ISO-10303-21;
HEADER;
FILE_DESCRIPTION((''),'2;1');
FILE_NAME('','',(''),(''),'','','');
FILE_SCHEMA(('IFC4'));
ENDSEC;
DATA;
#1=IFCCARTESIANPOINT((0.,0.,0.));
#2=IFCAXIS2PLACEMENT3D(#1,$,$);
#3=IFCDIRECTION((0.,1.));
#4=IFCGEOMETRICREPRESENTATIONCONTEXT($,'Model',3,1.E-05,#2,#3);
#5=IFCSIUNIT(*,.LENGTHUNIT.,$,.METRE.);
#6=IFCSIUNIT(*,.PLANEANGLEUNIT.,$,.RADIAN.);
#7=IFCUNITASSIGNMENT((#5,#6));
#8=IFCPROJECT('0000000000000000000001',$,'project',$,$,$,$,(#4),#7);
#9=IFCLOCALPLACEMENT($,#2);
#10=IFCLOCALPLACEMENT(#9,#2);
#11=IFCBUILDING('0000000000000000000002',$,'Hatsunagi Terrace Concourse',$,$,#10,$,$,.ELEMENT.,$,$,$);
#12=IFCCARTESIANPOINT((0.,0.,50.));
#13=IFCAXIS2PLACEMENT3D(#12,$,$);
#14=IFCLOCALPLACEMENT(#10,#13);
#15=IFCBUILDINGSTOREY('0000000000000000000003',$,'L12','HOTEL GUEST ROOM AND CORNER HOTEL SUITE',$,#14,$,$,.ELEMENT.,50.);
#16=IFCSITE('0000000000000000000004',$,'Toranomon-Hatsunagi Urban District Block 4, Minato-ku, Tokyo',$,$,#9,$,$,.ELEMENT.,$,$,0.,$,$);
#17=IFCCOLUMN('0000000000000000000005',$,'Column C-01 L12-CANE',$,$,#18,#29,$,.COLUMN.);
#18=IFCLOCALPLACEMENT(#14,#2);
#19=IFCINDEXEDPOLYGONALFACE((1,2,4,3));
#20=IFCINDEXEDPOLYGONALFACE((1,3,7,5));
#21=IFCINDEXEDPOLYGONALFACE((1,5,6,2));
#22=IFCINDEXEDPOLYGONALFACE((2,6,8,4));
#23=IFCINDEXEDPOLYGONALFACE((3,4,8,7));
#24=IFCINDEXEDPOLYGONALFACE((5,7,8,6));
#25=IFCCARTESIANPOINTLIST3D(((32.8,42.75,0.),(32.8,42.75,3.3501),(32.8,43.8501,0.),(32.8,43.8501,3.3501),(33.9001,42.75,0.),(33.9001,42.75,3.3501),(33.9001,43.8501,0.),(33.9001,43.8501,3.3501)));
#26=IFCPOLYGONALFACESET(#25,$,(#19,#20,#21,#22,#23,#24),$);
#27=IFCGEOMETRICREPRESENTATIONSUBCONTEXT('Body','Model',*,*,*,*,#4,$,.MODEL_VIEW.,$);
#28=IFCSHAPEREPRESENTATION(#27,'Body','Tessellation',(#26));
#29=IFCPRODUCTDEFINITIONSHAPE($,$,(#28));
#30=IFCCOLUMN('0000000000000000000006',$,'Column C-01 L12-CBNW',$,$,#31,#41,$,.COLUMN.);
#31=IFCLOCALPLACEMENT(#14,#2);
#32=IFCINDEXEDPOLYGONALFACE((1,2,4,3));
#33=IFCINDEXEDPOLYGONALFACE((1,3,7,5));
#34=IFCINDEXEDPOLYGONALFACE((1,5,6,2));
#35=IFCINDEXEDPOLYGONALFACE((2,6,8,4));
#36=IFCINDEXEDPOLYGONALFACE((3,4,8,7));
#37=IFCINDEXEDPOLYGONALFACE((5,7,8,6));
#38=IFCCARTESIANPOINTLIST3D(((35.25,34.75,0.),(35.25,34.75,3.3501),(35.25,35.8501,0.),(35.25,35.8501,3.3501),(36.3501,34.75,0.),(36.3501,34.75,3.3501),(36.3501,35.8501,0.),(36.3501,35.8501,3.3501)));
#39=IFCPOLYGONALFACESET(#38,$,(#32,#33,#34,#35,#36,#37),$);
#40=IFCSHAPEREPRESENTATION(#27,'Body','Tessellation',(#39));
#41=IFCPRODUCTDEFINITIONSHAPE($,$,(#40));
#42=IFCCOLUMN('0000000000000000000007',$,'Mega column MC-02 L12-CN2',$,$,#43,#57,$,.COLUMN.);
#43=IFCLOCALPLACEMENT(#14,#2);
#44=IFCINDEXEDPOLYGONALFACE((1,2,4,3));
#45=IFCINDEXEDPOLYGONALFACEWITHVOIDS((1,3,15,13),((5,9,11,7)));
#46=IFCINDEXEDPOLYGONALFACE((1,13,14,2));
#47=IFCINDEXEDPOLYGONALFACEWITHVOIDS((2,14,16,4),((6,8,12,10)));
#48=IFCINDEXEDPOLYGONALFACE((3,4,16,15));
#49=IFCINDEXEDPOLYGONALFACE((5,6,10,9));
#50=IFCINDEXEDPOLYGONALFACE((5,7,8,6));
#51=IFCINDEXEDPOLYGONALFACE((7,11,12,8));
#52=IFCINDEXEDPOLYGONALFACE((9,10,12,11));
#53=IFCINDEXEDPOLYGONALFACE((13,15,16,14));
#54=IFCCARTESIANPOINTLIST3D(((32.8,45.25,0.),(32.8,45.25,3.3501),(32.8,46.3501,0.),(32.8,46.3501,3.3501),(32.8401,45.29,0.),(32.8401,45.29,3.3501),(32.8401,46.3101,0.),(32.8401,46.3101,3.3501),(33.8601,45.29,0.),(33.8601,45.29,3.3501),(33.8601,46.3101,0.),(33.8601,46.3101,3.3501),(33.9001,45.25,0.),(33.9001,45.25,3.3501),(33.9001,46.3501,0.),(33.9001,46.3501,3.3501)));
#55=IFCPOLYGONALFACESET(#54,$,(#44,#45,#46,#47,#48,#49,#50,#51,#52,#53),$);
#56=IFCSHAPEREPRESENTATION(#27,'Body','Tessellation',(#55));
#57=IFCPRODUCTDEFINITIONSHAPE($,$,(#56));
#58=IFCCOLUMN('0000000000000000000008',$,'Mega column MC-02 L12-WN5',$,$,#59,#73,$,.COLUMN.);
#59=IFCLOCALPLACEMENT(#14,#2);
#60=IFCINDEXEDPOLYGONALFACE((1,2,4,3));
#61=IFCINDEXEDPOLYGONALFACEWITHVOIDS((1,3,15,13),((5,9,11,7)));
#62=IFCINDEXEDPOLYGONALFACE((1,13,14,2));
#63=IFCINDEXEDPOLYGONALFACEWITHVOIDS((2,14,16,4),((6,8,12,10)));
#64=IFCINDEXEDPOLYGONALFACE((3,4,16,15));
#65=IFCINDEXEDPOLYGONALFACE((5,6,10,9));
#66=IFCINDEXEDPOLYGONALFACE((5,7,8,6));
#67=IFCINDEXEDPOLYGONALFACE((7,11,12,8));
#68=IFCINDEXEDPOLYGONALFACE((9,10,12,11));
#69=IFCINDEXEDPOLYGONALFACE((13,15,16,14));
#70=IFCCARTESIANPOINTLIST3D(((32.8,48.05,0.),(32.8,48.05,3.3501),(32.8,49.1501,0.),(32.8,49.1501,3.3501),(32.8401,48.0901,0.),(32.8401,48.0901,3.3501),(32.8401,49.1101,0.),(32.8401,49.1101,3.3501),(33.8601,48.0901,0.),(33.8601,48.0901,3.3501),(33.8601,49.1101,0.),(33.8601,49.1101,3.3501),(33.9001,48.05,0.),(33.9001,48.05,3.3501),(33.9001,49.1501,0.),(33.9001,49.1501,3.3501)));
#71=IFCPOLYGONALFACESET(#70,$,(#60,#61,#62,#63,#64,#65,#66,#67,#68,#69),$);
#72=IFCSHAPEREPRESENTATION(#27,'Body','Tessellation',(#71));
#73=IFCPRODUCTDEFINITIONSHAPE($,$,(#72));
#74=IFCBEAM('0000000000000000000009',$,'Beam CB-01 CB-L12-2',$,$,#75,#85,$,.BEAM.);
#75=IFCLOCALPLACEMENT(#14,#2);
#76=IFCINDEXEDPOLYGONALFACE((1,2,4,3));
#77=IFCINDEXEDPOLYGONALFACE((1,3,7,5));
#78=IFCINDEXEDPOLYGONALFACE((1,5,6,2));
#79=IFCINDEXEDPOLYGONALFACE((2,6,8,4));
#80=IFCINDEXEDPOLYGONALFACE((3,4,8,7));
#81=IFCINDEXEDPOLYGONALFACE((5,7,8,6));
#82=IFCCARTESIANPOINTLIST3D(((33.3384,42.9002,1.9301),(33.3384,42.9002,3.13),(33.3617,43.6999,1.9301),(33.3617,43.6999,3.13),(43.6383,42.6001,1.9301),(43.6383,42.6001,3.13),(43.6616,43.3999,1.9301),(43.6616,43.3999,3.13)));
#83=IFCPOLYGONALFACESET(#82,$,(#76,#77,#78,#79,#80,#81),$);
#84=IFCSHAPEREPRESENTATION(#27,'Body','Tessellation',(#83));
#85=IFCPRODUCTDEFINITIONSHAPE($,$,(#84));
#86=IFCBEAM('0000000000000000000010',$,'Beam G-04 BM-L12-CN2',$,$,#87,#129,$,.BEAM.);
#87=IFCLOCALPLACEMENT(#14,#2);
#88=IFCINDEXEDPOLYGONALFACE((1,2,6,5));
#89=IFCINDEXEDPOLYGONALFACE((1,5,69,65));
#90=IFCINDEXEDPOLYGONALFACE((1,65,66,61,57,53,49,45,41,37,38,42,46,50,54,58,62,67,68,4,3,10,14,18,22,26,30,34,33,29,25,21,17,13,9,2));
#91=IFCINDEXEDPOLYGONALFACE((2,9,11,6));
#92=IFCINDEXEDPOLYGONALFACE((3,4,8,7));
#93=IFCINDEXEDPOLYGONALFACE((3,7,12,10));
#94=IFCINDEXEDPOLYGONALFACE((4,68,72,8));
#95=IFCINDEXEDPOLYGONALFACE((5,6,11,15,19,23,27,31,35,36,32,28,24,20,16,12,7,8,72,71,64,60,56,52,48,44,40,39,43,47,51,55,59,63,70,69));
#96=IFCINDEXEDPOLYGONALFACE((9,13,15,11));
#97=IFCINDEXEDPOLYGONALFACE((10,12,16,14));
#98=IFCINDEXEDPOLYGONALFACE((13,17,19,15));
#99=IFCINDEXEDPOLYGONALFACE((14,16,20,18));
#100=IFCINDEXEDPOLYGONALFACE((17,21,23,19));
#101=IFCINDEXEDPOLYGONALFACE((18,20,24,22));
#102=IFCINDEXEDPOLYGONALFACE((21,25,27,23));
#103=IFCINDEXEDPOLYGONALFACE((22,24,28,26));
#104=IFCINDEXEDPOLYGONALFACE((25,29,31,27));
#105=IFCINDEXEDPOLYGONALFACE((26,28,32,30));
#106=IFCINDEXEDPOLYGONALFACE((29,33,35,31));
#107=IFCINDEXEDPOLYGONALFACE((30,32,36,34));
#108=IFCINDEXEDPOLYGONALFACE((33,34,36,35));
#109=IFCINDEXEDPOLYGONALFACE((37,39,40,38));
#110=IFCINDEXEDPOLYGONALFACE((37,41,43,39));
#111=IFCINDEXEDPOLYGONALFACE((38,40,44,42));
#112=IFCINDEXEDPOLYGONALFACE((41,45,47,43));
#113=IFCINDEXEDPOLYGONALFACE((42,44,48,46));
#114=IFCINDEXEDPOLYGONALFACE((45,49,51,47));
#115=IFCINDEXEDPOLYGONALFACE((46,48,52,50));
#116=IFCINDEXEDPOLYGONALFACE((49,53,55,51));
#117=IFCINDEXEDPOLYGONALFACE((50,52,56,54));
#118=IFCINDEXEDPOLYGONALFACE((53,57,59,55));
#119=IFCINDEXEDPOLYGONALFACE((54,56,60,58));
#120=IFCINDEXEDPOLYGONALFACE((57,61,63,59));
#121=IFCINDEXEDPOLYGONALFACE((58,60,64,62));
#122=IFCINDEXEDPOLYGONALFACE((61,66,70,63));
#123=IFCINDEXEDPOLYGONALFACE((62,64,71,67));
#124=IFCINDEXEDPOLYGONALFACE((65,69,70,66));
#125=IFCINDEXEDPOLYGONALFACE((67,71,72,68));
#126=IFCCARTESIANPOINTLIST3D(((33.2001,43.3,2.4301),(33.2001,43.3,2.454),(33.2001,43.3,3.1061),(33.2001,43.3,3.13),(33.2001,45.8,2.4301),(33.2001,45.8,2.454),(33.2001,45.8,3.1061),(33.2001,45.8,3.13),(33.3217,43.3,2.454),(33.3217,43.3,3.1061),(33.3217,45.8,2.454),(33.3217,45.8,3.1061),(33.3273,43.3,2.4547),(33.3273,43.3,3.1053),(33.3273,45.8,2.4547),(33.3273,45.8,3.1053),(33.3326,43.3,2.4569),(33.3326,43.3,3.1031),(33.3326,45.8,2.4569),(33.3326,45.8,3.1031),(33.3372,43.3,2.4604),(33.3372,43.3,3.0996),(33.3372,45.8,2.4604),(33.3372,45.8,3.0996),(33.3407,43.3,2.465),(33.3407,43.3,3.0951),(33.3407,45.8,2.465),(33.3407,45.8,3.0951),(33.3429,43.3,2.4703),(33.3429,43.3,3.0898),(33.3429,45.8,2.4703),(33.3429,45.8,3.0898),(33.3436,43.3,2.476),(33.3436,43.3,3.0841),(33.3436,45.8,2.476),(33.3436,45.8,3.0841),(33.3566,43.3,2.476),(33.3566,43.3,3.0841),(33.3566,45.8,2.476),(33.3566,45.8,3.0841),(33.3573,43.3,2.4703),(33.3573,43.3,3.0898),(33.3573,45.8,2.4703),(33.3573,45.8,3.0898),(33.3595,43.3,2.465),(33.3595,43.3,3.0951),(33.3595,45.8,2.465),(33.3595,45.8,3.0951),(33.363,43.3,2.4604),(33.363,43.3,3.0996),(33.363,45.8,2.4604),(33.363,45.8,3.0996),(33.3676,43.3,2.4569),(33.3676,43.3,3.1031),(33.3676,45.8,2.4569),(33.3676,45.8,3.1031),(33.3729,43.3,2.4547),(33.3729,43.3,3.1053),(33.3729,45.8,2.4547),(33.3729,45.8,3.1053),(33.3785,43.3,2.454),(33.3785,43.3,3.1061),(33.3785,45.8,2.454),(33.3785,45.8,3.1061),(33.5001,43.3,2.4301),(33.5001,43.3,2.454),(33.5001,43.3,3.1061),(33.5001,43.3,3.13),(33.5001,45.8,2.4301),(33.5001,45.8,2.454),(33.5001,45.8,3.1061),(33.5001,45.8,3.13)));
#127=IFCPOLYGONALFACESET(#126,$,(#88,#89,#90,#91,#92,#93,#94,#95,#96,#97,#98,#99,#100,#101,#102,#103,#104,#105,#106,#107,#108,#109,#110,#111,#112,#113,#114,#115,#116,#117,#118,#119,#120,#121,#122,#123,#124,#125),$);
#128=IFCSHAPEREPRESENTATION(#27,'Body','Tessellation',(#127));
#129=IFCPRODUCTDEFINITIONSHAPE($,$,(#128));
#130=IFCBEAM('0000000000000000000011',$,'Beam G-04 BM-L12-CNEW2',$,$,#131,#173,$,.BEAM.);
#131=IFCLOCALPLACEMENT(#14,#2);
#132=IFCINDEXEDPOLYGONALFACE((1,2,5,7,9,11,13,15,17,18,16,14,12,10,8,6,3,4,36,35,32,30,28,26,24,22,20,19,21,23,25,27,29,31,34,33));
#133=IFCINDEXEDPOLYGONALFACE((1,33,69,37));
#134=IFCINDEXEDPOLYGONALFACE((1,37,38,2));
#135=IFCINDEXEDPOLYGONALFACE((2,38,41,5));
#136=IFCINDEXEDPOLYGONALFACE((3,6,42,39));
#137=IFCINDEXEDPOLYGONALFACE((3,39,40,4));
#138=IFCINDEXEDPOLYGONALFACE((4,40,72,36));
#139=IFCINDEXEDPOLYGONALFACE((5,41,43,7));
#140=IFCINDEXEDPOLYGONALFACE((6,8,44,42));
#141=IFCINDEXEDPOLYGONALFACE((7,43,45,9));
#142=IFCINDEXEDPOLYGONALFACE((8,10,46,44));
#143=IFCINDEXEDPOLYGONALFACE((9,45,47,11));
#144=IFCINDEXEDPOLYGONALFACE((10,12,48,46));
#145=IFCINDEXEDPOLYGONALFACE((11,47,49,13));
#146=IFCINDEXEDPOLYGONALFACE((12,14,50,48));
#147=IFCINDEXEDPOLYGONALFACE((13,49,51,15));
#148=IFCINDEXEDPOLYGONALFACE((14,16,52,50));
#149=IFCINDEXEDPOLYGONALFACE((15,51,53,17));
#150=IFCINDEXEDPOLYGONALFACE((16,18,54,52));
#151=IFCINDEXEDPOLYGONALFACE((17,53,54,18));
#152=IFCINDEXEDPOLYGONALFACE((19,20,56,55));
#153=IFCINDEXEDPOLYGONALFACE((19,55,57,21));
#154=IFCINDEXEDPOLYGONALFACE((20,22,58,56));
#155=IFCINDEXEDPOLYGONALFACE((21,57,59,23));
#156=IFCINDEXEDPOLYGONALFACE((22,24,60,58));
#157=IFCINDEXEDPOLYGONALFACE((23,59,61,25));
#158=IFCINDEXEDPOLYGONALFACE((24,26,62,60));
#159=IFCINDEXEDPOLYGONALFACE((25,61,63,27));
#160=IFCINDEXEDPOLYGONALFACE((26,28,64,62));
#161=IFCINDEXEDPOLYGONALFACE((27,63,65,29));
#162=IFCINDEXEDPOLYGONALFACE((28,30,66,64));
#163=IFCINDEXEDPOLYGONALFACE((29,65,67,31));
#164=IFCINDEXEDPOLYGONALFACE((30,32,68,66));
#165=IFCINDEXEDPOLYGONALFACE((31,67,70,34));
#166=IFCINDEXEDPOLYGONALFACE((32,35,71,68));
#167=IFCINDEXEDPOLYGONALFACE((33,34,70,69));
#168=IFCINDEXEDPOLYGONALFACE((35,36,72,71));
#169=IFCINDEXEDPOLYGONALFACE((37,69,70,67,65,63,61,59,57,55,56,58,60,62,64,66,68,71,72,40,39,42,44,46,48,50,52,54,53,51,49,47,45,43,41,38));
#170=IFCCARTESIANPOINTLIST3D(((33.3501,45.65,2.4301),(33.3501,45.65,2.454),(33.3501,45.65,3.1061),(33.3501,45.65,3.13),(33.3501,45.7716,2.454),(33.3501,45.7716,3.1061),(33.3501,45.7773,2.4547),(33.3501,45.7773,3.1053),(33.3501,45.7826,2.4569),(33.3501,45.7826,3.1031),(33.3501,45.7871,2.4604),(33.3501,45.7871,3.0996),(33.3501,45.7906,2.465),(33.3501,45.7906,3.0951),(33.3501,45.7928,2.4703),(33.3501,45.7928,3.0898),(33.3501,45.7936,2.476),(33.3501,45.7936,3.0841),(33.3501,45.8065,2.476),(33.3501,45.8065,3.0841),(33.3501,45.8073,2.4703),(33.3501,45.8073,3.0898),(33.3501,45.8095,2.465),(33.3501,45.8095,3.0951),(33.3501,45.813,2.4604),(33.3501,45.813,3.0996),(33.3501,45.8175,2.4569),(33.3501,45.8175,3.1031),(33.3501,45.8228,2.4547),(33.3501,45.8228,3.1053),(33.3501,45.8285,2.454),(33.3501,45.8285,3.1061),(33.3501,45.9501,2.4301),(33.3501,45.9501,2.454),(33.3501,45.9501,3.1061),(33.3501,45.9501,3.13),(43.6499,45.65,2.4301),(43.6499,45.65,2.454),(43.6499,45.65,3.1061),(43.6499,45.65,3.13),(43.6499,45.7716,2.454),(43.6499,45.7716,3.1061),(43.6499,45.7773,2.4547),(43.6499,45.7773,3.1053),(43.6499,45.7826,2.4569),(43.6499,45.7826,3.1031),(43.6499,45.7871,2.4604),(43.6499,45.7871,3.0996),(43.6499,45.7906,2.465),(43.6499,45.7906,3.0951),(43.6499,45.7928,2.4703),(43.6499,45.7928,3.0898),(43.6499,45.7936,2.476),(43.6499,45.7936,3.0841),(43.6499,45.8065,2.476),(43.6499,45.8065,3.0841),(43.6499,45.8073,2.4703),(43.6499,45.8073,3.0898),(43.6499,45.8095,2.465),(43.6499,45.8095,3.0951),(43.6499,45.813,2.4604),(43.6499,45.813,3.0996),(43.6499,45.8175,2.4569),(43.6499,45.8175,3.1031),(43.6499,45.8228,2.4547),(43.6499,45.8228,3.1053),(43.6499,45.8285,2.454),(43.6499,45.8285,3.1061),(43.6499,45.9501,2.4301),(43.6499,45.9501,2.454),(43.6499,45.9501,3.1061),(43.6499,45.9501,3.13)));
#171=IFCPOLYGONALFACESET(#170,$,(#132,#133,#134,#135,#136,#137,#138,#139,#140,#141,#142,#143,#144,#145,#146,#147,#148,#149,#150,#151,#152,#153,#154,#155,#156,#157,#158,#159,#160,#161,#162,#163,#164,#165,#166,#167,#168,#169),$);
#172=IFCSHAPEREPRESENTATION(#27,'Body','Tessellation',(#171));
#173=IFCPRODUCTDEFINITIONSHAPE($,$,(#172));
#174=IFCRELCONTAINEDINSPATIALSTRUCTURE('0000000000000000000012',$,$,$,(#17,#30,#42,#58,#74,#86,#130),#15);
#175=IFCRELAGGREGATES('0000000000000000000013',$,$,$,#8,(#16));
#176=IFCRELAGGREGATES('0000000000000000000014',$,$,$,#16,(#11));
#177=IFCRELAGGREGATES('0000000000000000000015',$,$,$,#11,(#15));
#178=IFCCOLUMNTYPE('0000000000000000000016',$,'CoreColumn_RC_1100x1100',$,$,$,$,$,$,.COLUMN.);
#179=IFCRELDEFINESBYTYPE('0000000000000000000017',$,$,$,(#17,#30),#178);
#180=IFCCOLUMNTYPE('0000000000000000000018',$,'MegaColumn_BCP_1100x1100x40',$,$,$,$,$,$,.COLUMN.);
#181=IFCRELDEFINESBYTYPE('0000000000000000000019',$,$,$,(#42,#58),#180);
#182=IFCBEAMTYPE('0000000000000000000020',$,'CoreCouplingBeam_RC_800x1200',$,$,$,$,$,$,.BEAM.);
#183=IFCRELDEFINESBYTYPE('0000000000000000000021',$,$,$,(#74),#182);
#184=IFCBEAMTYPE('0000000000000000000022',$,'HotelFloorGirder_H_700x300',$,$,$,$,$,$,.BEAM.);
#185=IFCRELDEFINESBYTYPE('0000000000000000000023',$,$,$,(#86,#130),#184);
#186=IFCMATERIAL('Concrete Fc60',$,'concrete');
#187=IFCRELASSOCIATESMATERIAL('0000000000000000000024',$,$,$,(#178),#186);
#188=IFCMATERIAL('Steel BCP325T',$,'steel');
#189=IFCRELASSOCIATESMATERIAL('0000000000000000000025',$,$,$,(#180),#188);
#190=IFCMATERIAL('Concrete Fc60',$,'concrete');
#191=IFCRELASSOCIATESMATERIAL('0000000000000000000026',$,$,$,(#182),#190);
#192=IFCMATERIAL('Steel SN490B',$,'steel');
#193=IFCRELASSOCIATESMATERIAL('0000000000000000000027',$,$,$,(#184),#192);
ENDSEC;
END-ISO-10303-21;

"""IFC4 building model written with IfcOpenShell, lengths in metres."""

from ifc_helpers import new_model, si_unit, direction, frame, origin, origin_2d, place, context, subcontext, project, spatial, rectangle, hollow_rectangle, i_section, extrude, material, material_profile, profile_set, type_object, element, save


model = new_model("IFC4")

# Units and contexts
model_context = context("Model", 3, precision=1e-05, world=origin(), true_north=direction((0.0, 1.0)))
body_context = subcontext(model_context, "Body", "Model", "MODEL_VIEW")
ifc_project = project(units=[si_unit("LENGTHUNIT", "METRE"), si_unit("PLANEANGLEUNIT", "RADIAN")], contexts=[model_context])

# Site, building, storey
site_placement = place(None, origin())
site = spatial("IfcSite", under=ifc_project, at=site_placement, Name="Toranomon-Hatsunagi Urban District Block 4, Minato-ku, Tokyo", CompositionType="ELEMENT", RefElevation=0.0)
building_placement = place(site_placement, origin())
building = spatial("IfcBuilding", under=site, at=building_placement, Name="Hatsunagi Terrace Concourse", CompositionType="ELEMENT")
storey_placement = place(building_placement, frame((0.0, 0.0, 50.0)))
storey = spatial("IfcBuildingStorey", under=building, at=storey_placement, Name="L12", Description="HOTEL GUEST ROOM AND CORNER HOTEL SUITE", CompositionType="ELEMENT", Elevation=50.0)

# Columns
ifc_material_1 = material(Name="Concrete Fc60", Category="concrete")
ifc_material_profile_1 = material_profile(ifc_material_1, rectangle(XDim=1.1001, YDim=1.1001, at=origin_2d()), Name="RC-1100x1100")
ifc_profile_set_1 = profile_set([ifc_material_profile_1], Name="Concrete Fc60")
column_type_1 = type_object("IfcColumnType", Name="CoreColumn_RC_1100x1100", PredefinedType="COLUMN", material=ifc_profile_set_1)
for number, where, z_axis, x_axis, name in (
    (1, (33.3501, 43.3, 0.0), (0.0, 0.0, 1.0), (1.0, 0.0, 0.0), "Column C-01 L12-CANE"),
    (2, (35.8, 35.3, 0.0), (0.0, 0.0, 1.0), (1.0, 0.0, 0.0), "Column C-01 L12-CBNW"),
):
    element("IfcColumn", number, at=place(storey_placement, frame(where, z_axis=z_axis, x_axis=x_axis)), inside=storey, type_object=column_type_1, Name=name, PredefinedType="COLUMN", context=body_context, shape_type="SweptSolid", body=[
        extrude(rectangle(XDim=1.1001, YDim=1.1001, at=origin_2d()), origin(), (0.0, 0.0, 1.0), 3.3501),
    ])
ifc_material_2 = material(Name="Steel BCP325T", Category="steel")
ifc_material_profile_2 = material_profile(ifc_material_2, hollow_rectangle(XDim=1.1001, YDim=1.1001, WallThickness=0.04, at=origin_2d()), Name="BCP-1100x1100x40")
ifc_profile_set_2 = profile_set([ifc_material_profile_2], Name="Steel BCP325T")
column_type_2 = type_object("IfcColumnType", Name="MegaColumn_BCP_1100x1100x40", PredefinedType="COLUMN", material=ifc_profile_set_2)
for number, where, z_axis, x_axis, name in (
    (3, (33.3501, 45.8, 0.0), (0.0, 0.0, 1.0), (1.0, 0.0, 0.0), "Mega column MC-02 L12-CN2"),
    (4, (33.3501, 48.6001, 0.0), (0.0, 0.0, 1.0), (1.0, 0.0, 0.0), "Mega column MC-02 L12-WN5"),
):
    element("IfcColumn", number, at=place(storey_placement, frame(where, z_axis=z_axis, x_axis=x_axis)), inside=storey, type_object=column_type_2, Name=name, PredefinedType="COLUMN", context=body_context, shape_type="SweptSolid", body=[
        extrude(hollow_rectangle(XDim=1.1001, YDim=1.1001, WallThickness=0.04, at=origin_2d()), origin(), (0.0, 0.0, 1.0), 3.3501),
    ])

# Beams
ifc_material_3 = material(Name="Concrete Fc60", Category="concrete")
ifc_material_profile_3 = material_profile(ifc_material_3, rectangle(XDim=0.8, YDim=1.2, at=origin_2d()), Name="RC-800x1200")
ifc_profile_set_3 = profile_set([ifc_material_profile_3], Name="Concrete Fc60")
beam_type_1 = type_object("IfcBeamType", Name="CoreCouplingBeam_RC_800x1200", PredefinedType="BEAM", material=ifc_profile_set_3)
beam_1_placement = place(storey_placement, frame((33.3501, 43.3, 2.53), z_axis=(0.999576, -0.029119, 0.0), x_axis=(0.029119, 0.999576, 0.0)))
element("IfcBeam", 5, at=beam_1_placement, inside=storey, type_object=beam_type_1, Name="Beam CB-01 CB-L12-2", PredefinedType="BEAM", context=body_context, shape_type="SweptSolid", body=[
    extrude(rectangle(XDim=0.8, YDim=1.2, at=origin_2d()), origin(), (0.0, 0.0, 1.0), 10.3042),
])
ifc_material_4 = material(Name="Steel SN490B", Category="steel")
ifc_material_profile_4 = material_profile(ifc_material_4, i_section(OverallWidth=0.3, OverallDepth=0.7, WebThickness=0.0129, FlangeThickness=0.0239, FilletRadius=0.022, at=origin_2d()), Name="H-700x300x13x24")
ifc_profile_set_4 = profile_set([ifc_material_profile_4], Name="Steel SN490B")
beam_type_2 = type_object("IfcBeamType", Name="HotelFloorGirder_H_700x300", PredefinedType="BEAM", material=ifc_profile_set_4)
beam_2_placement = place(storey_placement, frame((33.3501, 43.3, 2.78), z_axis=(0.0, 1.0, 0.0), x_axis=(-1.0, 0.0, 0.0)))
element("IfcBeam", 6, at=beam_2_placement, inside=storey, type_object=beam_type_2, Name="Beam G-04 BM-L12-CN2", PredefinedType="BEAM", context=body_context, shape_type="SweptSolid", body=[
    extrude(i_section(OverallWidth=0.3, OverallDepth=0.7, WebThickness=0.0129, FlangeThickness=0.0239, FilletRadius=0.022, at=origin_2d()), origin(), (0.0, 0.0, 1.0), 2.5),
])
beam_3_placement = place(storey_placement, frame((33.3501, 45.8, 2.78), z_axis=(1.0, 0.0, 0.0), x_axis=(0.0, 1.0, 0.0)))
element("IfcBeam", 7, at=beam_3_placement, inside=storey, type_object=beam_type_2, Name="Beam G-04 BM-L12-CNEW2", PredefinedType="BEAM", context=body_context, shape_type="SweptSolid", body=[
    extrude(i_section(OverallWidth=0.3, OverallDepth=0.7, WebThickness=0.0129, FlangeThickness=0.0239, FilletRadius=0.022, at=origin_2d()), origin(), (0.0, 0.0, 1.0), 10.2998),
])

save(model, "model.ifc")
